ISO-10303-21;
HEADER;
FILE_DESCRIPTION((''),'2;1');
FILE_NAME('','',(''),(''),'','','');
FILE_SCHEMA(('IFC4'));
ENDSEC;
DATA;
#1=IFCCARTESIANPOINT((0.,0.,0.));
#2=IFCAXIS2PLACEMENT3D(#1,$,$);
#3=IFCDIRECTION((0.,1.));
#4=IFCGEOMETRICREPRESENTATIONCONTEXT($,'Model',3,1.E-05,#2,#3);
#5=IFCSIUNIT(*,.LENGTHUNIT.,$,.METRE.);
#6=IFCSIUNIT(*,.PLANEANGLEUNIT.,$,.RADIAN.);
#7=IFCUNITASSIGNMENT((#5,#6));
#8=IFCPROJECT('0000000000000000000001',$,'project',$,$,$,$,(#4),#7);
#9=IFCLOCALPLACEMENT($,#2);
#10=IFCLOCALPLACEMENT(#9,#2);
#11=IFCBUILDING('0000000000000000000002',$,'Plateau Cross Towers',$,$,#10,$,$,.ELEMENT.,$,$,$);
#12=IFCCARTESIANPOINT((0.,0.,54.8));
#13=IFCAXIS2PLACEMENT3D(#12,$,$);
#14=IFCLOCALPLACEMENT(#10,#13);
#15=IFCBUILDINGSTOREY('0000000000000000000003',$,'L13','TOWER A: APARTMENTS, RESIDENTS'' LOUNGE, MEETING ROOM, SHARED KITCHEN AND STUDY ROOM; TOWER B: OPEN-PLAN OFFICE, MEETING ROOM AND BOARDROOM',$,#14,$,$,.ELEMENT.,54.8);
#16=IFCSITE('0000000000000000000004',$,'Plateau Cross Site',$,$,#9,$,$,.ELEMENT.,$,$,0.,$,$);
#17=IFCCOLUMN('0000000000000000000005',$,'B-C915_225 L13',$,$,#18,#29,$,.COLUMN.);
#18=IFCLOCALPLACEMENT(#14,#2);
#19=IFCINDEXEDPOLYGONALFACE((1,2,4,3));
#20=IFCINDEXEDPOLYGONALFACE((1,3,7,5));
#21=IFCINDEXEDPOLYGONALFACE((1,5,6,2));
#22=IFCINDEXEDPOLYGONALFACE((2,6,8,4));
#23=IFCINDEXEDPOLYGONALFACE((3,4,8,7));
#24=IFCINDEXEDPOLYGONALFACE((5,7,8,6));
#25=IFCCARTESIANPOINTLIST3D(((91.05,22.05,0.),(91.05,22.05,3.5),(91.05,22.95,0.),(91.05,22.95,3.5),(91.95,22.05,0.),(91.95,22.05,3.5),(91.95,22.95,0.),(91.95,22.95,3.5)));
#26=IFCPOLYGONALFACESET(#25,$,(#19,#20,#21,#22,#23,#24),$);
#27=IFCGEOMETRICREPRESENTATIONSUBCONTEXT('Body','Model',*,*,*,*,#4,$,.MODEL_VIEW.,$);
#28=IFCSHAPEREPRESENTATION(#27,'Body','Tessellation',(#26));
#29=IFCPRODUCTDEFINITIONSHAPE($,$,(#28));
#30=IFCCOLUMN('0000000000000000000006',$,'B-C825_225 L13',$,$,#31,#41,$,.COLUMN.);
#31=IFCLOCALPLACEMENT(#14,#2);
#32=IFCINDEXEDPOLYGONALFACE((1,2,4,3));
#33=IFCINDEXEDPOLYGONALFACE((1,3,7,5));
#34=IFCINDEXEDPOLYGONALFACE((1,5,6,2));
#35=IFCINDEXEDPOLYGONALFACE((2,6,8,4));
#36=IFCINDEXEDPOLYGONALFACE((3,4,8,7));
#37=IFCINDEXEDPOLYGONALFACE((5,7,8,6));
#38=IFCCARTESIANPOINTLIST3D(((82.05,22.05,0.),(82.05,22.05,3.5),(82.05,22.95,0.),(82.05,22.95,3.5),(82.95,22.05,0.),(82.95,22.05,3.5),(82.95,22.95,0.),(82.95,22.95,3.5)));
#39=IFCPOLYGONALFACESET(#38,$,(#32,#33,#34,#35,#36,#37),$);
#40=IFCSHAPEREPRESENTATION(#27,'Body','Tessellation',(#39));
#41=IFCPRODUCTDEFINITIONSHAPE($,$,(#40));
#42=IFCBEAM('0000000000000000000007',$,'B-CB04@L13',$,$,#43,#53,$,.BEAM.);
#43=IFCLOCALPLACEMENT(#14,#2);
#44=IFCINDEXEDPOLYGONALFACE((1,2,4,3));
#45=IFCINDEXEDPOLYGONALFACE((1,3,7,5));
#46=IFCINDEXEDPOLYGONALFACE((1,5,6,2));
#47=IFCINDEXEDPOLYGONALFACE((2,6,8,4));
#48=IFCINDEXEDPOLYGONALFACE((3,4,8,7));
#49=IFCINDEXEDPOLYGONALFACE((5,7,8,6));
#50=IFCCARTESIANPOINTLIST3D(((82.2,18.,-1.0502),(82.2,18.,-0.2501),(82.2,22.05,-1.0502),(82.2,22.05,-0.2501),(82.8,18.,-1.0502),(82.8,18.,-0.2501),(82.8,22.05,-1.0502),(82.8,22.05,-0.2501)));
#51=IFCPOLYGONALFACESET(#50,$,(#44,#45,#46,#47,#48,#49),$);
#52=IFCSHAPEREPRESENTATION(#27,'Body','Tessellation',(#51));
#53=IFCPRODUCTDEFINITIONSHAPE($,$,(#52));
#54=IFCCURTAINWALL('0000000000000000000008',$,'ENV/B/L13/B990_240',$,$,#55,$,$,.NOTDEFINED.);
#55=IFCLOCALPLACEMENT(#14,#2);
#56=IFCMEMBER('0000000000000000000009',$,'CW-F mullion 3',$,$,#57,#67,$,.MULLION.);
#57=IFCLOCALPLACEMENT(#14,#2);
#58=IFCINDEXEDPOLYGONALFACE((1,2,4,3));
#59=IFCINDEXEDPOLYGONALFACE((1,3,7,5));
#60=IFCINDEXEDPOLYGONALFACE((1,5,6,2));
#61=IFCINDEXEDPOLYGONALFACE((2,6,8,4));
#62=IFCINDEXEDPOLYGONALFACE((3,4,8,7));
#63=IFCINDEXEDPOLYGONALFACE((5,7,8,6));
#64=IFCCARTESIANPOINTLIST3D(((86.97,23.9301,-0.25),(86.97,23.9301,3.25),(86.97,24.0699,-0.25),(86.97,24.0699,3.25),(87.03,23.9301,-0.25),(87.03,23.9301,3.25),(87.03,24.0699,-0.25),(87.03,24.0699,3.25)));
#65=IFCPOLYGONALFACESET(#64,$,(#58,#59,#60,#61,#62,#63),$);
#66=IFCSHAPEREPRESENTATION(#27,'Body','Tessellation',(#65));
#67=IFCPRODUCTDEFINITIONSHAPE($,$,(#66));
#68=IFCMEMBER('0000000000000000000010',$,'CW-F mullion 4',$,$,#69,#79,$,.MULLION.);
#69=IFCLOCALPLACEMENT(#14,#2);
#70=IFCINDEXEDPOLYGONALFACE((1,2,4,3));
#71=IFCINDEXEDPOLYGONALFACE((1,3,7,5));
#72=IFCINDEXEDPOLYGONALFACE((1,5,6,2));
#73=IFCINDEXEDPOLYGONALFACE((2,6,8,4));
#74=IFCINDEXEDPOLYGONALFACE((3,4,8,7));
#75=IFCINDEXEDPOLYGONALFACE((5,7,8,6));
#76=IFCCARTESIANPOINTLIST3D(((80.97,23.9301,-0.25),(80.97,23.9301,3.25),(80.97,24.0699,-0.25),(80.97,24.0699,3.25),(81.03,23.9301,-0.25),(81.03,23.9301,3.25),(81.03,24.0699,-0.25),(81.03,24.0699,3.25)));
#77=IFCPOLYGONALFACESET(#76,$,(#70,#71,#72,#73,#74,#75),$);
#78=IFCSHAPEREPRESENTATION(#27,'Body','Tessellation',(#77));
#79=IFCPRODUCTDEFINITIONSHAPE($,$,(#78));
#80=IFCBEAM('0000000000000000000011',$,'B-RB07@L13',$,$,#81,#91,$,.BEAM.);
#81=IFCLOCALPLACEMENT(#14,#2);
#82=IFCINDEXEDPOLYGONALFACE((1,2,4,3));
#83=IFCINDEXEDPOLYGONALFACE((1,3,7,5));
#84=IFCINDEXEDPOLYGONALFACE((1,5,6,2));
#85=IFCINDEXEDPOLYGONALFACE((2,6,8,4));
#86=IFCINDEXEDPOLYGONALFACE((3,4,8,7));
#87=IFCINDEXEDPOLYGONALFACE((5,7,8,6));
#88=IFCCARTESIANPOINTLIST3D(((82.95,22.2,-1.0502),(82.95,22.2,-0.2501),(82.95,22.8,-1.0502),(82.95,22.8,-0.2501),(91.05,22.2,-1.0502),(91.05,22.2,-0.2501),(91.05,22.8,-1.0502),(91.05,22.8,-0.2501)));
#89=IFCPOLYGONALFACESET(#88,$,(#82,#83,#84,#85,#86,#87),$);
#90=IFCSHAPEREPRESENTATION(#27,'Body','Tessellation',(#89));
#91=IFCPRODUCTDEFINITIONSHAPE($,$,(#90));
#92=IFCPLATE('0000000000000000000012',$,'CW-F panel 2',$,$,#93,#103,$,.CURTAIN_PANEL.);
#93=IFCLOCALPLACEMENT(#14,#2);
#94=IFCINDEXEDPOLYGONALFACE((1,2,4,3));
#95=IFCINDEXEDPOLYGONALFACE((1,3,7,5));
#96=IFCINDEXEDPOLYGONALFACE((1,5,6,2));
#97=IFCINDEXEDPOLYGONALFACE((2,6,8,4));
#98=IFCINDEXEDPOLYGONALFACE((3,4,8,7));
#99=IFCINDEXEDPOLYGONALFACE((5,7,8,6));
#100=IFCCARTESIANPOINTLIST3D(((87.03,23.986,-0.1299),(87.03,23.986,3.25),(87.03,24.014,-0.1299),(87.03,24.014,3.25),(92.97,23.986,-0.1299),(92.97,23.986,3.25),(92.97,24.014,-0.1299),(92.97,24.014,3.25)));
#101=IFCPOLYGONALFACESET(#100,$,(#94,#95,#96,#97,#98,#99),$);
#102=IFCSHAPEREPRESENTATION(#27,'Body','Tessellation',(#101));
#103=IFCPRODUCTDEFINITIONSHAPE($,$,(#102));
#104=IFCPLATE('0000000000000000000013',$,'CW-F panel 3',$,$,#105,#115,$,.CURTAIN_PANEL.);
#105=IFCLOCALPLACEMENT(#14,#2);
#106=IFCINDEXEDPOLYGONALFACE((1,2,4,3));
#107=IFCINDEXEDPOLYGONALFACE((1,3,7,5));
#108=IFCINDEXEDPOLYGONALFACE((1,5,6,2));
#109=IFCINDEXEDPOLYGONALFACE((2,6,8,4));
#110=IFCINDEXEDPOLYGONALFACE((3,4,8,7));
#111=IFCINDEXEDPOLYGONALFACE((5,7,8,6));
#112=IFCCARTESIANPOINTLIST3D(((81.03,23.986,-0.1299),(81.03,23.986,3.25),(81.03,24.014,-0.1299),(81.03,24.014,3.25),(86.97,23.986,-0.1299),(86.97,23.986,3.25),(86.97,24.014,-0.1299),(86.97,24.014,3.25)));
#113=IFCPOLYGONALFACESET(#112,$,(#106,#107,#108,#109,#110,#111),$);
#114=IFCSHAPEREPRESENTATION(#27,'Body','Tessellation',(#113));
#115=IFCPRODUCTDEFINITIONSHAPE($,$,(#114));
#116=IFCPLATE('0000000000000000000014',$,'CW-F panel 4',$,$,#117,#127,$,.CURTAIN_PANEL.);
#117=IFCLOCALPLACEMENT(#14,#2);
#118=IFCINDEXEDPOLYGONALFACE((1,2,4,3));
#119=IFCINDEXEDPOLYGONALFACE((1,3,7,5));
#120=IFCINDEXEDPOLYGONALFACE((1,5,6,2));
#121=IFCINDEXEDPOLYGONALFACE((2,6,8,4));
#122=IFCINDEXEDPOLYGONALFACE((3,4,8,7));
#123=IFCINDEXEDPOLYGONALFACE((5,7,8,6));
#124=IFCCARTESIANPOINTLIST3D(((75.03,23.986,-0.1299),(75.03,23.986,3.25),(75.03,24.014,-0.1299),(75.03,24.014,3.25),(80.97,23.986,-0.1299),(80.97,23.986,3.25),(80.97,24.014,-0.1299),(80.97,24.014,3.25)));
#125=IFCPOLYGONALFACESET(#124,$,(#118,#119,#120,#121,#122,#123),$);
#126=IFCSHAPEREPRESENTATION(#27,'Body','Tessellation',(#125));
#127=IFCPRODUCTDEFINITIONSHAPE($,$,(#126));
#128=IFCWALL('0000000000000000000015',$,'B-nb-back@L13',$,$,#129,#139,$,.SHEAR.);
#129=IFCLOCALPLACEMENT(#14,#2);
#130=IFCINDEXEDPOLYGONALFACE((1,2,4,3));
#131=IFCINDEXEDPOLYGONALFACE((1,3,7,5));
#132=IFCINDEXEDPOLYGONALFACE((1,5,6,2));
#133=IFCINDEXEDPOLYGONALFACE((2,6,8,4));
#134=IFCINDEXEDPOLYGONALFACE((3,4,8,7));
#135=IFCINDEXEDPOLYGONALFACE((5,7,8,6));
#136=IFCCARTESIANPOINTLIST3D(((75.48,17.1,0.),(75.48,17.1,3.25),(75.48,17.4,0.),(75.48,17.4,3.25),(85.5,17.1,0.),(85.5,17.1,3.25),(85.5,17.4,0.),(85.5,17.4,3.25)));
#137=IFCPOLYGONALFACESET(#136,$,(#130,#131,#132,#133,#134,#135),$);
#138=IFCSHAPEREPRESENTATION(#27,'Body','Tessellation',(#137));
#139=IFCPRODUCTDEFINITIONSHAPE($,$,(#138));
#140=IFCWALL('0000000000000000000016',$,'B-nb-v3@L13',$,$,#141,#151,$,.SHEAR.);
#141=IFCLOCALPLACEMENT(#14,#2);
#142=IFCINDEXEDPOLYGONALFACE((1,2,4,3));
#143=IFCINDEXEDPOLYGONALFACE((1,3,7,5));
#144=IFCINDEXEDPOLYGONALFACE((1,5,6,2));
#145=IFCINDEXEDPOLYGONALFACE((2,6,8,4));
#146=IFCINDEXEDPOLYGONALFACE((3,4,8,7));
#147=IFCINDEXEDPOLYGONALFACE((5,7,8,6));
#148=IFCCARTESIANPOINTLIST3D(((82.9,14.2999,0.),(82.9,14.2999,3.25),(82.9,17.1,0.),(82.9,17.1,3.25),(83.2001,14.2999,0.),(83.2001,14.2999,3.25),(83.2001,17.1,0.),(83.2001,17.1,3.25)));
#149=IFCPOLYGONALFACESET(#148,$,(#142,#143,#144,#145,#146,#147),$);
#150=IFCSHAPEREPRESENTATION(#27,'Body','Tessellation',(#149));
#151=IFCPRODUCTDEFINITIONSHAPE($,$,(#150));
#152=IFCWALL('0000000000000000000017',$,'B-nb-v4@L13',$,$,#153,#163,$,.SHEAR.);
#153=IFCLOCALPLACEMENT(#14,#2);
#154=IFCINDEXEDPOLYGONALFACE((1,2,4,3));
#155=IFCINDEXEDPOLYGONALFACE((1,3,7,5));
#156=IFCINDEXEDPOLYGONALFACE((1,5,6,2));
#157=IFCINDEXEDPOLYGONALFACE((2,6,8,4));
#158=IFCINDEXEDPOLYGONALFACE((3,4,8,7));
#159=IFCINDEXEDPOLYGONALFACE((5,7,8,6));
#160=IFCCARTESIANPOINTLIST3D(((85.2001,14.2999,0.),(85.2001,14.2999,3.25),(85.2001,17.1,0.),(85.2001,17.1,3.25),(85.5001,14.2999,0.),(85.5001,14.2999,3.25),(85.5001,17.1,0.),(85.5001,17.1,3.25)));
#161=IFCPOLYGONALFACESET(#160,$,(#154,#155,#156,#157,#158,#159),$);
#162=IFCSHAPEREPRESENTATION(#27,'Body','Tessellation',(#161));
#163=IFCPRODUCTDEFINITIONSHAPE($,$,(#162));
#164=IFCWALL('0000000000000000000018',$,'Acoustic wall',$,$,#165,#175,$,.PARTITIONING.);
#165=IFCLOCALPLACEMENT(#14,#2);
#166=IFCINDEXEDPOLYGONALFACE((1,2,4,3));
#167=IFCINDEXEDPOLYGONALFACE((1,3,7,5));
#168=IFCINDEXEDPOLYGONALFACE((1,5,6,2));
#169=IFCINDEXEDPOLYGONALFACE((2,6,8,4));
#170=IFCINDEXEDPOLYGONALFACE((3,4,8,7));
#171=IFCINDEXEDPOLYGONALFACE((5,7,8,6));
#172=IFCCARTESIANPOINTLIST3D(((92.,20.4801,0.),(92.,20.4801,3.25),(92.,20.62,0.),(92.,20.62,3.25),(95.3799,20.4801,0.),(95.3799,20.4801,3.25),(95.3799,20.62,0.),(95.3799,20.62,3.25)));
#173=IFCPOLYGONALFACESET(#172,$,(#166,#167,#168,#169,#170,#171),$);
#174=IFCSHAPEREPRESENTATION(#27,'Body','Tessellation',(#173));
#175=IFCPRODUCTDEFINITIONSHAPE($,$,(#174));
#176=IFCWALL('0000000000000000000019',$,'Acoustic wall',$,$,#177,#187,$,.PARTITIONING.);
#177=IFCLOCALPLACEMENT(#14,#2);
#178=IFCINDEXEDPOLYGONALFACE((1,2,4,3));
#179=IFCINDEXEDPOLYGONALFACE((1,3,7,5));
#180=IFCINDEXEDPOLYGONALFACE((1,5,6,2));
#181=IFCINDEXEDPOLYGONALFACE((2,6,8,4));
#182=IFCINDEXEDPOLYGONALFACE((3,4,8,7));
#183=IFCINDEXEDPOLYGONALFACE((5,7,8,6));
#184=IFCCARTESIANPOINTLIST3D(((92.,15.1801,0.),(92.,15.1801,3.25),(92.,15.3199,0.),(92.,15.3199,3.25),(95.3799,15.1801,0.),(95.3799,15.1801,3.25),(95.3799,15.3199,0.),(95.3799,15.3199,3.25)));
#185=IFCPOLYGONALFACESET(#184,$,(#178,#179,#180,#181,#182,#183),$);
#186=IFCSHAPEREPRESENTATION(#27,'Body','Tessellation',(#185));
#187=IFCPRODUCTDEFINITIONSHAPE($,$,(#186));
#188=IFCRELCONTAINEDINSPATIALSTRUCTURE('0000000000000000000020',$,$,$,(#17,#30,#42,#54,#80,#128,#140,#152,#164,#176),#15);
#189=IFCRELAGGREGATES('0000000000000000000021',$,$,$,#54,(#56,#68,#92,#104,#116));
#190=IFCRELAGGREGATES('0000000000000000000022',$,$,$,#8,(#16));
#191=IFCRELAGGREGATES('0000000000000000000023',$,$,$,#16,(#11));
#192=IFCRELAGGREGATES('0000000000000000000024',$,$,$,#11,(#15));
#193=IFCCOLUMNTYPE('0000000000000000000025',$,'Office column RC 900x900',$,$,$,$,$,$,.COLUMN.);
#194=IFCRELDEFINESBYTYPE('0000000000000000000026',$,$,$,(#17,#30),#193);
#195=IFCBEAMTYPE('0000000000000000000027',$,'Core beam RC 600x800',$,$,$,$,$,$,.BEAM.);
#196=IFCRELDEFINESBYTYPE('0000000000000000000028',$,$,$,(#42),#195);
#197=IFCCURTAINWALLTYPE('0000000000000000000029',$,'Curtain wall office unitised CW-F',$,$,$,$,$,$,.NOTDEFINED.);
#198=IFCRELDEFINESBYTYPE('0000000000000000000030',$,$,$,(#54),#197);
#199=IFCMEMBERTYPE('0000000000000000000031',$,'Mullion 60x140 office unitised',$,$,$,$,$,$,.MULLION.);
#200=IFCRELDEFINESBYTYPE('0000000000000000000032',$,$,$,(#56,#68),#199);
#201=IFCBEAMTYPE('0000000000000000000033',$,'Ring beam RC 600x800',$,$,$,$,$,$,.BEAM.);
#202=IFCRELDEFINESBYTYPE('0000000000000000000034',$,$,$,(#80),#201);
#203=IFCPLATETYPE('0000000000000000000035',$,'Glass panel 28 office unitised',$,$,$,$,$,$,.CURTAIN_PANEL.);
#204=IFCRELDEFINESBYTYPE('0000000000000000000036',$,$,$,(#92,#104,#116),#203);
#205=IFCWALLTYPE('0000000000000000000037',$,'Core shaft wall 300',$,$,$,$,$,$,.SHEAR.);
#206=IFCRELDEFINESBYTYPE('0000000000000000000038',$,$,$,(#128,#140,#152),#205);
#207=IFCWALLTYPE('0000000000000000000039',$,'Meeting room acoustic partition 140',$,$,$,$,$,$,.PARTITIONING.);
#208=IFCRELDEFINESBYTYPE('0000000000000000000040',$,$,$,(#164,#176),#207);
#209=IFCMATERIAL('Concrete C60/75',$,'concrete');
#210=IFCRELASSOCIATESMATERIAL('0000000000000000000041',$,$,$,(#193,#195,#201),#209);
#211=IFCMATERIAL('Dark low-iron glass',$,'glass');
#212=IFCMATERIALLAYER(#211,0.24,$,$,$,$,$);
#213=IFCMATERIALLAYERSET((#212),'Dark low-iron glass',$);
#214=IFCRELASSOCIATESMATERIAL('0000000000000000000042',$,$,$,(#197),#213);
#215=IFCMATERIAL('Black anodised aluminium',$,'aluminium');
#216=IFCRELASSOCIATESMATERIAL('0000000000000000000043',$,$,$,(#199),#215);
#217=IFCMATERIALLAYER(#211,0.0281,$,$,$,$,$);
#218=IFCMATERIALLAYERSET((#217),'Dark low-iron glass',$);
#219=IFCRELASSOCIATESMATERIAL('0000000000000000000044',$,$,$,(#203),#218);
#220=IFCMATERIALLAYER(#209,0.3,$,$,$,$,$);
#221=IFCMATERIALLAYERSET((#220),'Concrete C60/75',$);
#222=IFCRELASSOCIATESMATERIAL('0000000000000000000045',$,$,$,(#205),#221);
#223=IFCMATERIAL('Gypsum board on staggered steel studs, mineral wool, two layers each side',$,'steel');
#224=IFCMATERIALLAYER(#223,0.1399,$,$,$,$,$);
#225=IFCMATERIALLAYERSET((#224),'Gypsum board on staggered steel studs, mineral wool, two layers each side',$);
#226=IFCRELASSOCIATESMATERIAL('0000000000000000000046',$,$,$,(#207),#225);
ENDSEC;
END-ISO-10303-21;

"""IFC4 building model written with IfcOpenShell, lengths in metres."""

from ifc_helpers import new_model, si_unit, direction, frame, frame_2d, origin, origin_2d, place, context, subcontext, project, spatial, rectangle, extrude, material, layer, layer_set, material_profile, profile_set, type_object, element, aggregate, save


model = new_model("IFC4")

# Units and contexts
model_context = context("Model", 3, precision=1e-05, world=origin(), true_north=direction((0.0, 1.0)))
body_context = subcontext(model_context, "Body", "Model", "MODEL_VIEW")
ifc_project = project(units=[si_unit("LENGTHUNIT", "METRE"), si_unit("PLANEANGLEUNIT", "RADIAN")], contexts=[model_context])

# Site, building, storey
site_placement = place(None, origin())
site = spatial("IfcSite", under=ifc_project, at=site_placement, Name="Plateau Cross Site", CompositionType="ELEMENT", RefElevation=0.0)
building_placement = place(site_placement, origin())
building = spatial("IfcBuilding", under=site, at=building_placement, Name="Plateau Cross Towers", CompositionType="ELEMENT")
storey_placement = place(building_placement, frame((0.0, 0.0, 54.8)))
storey = spatial("IfcBuildingStorey", under=building, at=storey_placement, Name="L13", Description="TOWER A: APARTMENTS, RESIDENTS' LOUNGE, MEETING ROOM, SHARED KITCHEN AND STUDY ROOM; TOWER B: OPEN-PLAN OFFICE, MEETING ROOM AND BOARDROOM", CompositionType="ELEMENT", Elevation=54.8)

# Columns
ifc_material_1 = material(Name="Concrete C60/75", Category="concrete")
ifc_material_profile_1 = material_profile(ifc_material_1, rectangle(XDim=0.8999, YDim=0.8999, at=origin_2d()), Name="RC 900x900")
ifc_profile_set_1 = profile_set([ifc_material_profile_1], Name="Concrete C60/75")
column_type = type_object("IfcColumnType", Name="Office column RC 900x900", PredefinedType="COLUMN", material=ifc_profile_set_1)
for number, where, z_axis, x_axis, name in (
    (1, (91.5, 22.5, 0.0), (0.0, 0.0, 1.0), (1.0, 0.0, 0.0), "B-C915_225 L13"),
    (2, (82.5, 22.5, 0.0), (0.0, 0.0, 1.0), (1.0, 0.0, 0.0), "B-C825_225 L13"),
):
    element("IfcColumn", number, at=place(storey_placement, frame(where, z_axis=z_axis, x_axis=x_axis)), inside=storey, type_object=column_type, Name=name, PredefinedType="COLUMN", context=body_context, shape_type="SweptSolid", body=[
        extrude(rectangle(XDim=0.8999, YDim=0.8999, at=origin_2d()), origin(), (0.0, 0.0, 1.0), 3.5),
    ])

# Beam
ifc_material_profile_2 = material_profile(ifc_material_1, rectangle(XDim=0.6001, YDim=0.8, at=origin_2d()), Name="RC 600x800")
ifc_profile_set_2 = profile_set([ifc_material_profile_2], Name="Concrete C60/75")
beam_type_1 = type_object("IfcBeamType", Name="Core beam RC 600x800", PredefinedType="BEAM", material=ifc_profile_set_2)
beam_1_placement = place(storey_placement, frame((82.5, 18.0, -0.6501), z_axis=(0.0, 1.0, 0.0), x_axis=(-1.0, 0.0, 0.0)))
element("IfcBeam", 3, at=beam_1_placement, inside=storey, type_object=beam_type_1, Name="B-CB04@L13", PredefinedType="BEAM", context=body_context, shape_type="SweptSolid", body=[
    extrude(rectangle(XDim=0.6001, YDim=0.8, at=origin_2d()), origin(), (0.0, 0.0, 1.0), 4.05),
])

# Curtain wall, members
ifc_material_2 = material(Name="Dark low-iron glass", Category="glass")
ifc_layer_1 = layer(ifc_material_2, 0.24)
ifc_layer_set_1 = layer_set([ifc_layer_1], Name="Dark low-iron glass")
curtain_wall_type = type_object("IfcCurtainWallType", Name="Curtain wall office unitised CW-F", PredefinedType="NOTDEFINED", material=ifc_layer_set_1)
curtain_wall_placement = place(storey_placement, origin())
curtain_wall = element("IfcCurtainWall", 4, at=curtain_wall_placement, inside=storey, type_object=curtain_wall_type, Name="ENV/B/L13/B990_240", PredefinedType="NOTDEFINED")
ifc_material_3 = material(Name="Black anodised aluminium", Category="aluminium")
ifc_material_profile_3 = material_profile(ifc_material_3, rectangle(XDim=0.0601, YDim=0.1399, at=origin_2d()), Name="MULLION 60x140")
ifc_profile_set_3 = profile_set([ifc_material_profile_3], Name="Black anodised aluminium")
member_type = type_object("IfcMemberType", Name="Mullion 60x140 office unitised", PredefinedType="MULLION", material=ifc_profile_set_3)
member_1_placement = place(storey_placement, frame((87.0, 24.0, -0.25), z_axis=(0.0, 0.0, 1.0), x_axis=(-1.0, 0.0, 0.0)))
member_1 = element("IfcMember", 5, at=member_1_placement, type_object=member_type, Name="CW-F mullion 3", PredefinedType="MULLION", context=body_context, shape_type="SweptSolid", body=[
    extrude(rectangle(XDim=0.0601, YDim=0.1399, at=origin_2d()), origin(), (0.0, 0.0, 1.0), 3.5),
])
member_2_placement = place(storey_placement, frame((81.0, 24.0, -0.25), z_axis=(0.0, 0.0, 1.0), x_axis=(-1.0, 0.0, 0.0)))
member_2 = element("IfcMember", 6, at=member_2_placement, type_object=member_type, Name="CW-F mullion 4", PredefinedType="MULLION", context=body_context, shape_type="SweptSolid", body=[
    extrude(rectangle(XDim=0.0601, YDim=0.1399, at=origin_2d()), origin(), (0.0, 0.0, 1.0), 3.5),
])

# Beam
ifc_material_profile_4 = material_profile(ifc_material_1, rectangle(XDim=0.6001, YDim=0.8, at=origin_2d()), Name="RC 600x800")
ifc_profile_set_4 = profile_set([ifc_material_profile_4], Name="Concrete C60/75")
beam_type_2 = type_object("IfcBeamType", Name="Ring beam RC 600x800", PredefinedType="BEAM", material=ifc_profile_set_4)
beam_2_placement = place(storey_placement, frame((91.05, 22.5, -0.6501), z_axis=(-1.0, 0.0, 0.0), x_axis=(0.0, -1.0, 0.0)))
element("IfcBeam", 7, at=beam_2_placement, inside=storey, type_object=beam_type_2, Name="B-RB07@L13", PredefinedType="BEAM", context=body_context, shape_type="SweptSolid", body=[
    extrude(rectangle(XDim=0.6001, YDim=0.8, at=origin_2d()), origin(), (0.0, 0.0, 1.0), 8.1001),
])

# Plates
ifc_layer_2 = layer(ifc_material_2, 0.0281)
ifc_layer_set_2 = layer_set([ifc_layer_2], Name="Dark low-iron glass")
plate_type = type_object("IfcPlateType", Name="Glass panel 28 office unitised", PredefinedType="CURTAIN_PANEL", material=ifc_layer_set_2)
plate_1_placement = place(storey_placement, frame((90.0, 24.0, -0.1299), z_axis=(0.0, 0.0, 1.0), x_axis=(-1.0, 0.0, 0.0)))
plate_1 = element("IfcPlate", 8, at=plate_1_placement, type_object=plate_type, Name="CW-F panel 2", PredefinedType="CURTAIN_PANEL", context=body_context, shape_type="SweptSolid", body=[
    extrude(rectangle(XDim=5.9399, YDim=0.0281, at=origin_2d()), origin(), (0.0, 0.0, 1.0), 3.3799),
])
plate_2_placement = place(storey_placement, frame((84.0, 24.0, -0.1299), z_axis=(0.0, 0.0, 1.0), x_axis=(-1.0, 0.0, 0.0)))
plate_2 = element("IfcPlate", 9, at=plate_2_placement, type_object=plate_type, Name="CW-F panel 3", PredefinedType="CURTAIN_PANEL", context=body_context, shape_type="SweptSolid", body=[
    extrude(rectangle(XDim=5.9399, YDim=0.0281, at=origin_2d()), origin(), (0.0, 0.0, 1.0), 3.3799),
])
plate_3_placement = place(storey_placement, frame((78.0, 24.0, -0.1299), z_axis=(0.0, 0.0, 1.0), x_axis=(-1.0, 0.0, 0.0)))
plate_3 = element("IfcPlate", 10, at=plate_3_placement, type_object=plate_type, Name="CW-F panel 4", PredefinedType="CURTAIN_PANEL", context=body_context, shape_type="SweptSolid", body=[
    extrude(rectangle(XDim=5.9399, YDim=0.0281, at=origin_2d()), origin(), (0.0, 0.0, 1.0), 3.3799),
])
aggregate(curtain_wall, [member_1, member_2, plate_1, plate_2, plate_3])

# Walls
ifc_layer_3 = layer(ifc_material_1, 0.3)
ifc_layer_set_3 = layer_set([ifc_layer_3], Name="Concrete C60/75")
wall_type_1 = type_object("IfcWallType", Name="Core shaft wall 300", PredefinedType="SHEAR", material=ifc_layer_set_3)
wall_1_placement = place(storey_placement, frame((75.48, 17.25, 0.0), z_axis=(0.0, 0.0, 1.0), x_axis=(1.0, 0.0, 0.0)))
element("IfcWall", 11, at=wall_1_placement, inside=storey, type_object=wall_type_1, Name="B-nb-back@L13", PredefinedType="SHEAR", context=body_context, shape_type="SweptSolid", body=[
    extrude(rectangle(XDim=10.02, YDim=0.3, at=frame_2d((5.01, 0.0))), origin(), (0.0, 0.0, 1.0), 3.25),
])
for number, where, z_axis, x_axis, name in (
    (12, (83.05, 14.3, 0.0), (0.0, 0.0, 1.0), (0.0, 1.0, 0.0), "B-nb-v3@L13"),
    (13, (85.3501, 14.3, 0.0), (0.0, 0.0, 1.0), (0.0, 1.0, 0.0), "B-nb-v4@L13"),
):
    element("IfcWall", number, at=place(storey_placement, frame(where, z_axis=z_axis, x_axis=x_axis)), inside=storey, type_object=wall_type_1, Name=name, PredefinedType="SHEAR", context=body_context, shape_type="SweptSolid", body=[
        extrude(rectangle(XDim=2.8, YDim=0.3, at=frame_2d((1.3999, 0.0))), origin(), (0.0, 0.0, 1.0), 3.25),
    ])
ifc_material_4 = material(Name="Gypsum board on staggered steel studs, mineral wool, two layers each side", Category="steel")
ifc_layer_4 = layer(ifc_material_4, 0.1399)
ifc_layer_set_4 = layer_set([ifc_layer_4], Name="Gypsum board on staggered steel studs, mineral wool, two layers each side")
wall_type_2 = type_object("IfcWallType", Name="Meeting room acoustic partition 140", PredefinedType="PARTITIONING", material=ifc_layer_set_4)
for number, where, z_axis, x_axis, name in (
    (14, (92.0, 20.55, 0.0), (0.0, 0.0, 1.0), (1.0, 0.0, 0.0), "Acoustic wall"),
    (15, (92.0, 15.25, 0.0), (0.0, 0.0, 1.0), (1.0, 0.0, 0.0), "Acoustic wall"),
):
    element("IfcWall", number, at=place(storey_placement, frame(where, z_axis=z_axis, x_axis=x_axis)), inside=storey, type_object=wall_type_2, Name=name, PredefinedType="PARTITIONING", context=body_context, shape_type="SweptSolid", body=[
        extrude(rectangle(XDim=3.3799, YDim=0.1399, at=frame_2d((1.6899, 0.0))), origin(), (0.0, 0.0, 1.0), 3.25),
    ])

save(model, "model.ifc")
